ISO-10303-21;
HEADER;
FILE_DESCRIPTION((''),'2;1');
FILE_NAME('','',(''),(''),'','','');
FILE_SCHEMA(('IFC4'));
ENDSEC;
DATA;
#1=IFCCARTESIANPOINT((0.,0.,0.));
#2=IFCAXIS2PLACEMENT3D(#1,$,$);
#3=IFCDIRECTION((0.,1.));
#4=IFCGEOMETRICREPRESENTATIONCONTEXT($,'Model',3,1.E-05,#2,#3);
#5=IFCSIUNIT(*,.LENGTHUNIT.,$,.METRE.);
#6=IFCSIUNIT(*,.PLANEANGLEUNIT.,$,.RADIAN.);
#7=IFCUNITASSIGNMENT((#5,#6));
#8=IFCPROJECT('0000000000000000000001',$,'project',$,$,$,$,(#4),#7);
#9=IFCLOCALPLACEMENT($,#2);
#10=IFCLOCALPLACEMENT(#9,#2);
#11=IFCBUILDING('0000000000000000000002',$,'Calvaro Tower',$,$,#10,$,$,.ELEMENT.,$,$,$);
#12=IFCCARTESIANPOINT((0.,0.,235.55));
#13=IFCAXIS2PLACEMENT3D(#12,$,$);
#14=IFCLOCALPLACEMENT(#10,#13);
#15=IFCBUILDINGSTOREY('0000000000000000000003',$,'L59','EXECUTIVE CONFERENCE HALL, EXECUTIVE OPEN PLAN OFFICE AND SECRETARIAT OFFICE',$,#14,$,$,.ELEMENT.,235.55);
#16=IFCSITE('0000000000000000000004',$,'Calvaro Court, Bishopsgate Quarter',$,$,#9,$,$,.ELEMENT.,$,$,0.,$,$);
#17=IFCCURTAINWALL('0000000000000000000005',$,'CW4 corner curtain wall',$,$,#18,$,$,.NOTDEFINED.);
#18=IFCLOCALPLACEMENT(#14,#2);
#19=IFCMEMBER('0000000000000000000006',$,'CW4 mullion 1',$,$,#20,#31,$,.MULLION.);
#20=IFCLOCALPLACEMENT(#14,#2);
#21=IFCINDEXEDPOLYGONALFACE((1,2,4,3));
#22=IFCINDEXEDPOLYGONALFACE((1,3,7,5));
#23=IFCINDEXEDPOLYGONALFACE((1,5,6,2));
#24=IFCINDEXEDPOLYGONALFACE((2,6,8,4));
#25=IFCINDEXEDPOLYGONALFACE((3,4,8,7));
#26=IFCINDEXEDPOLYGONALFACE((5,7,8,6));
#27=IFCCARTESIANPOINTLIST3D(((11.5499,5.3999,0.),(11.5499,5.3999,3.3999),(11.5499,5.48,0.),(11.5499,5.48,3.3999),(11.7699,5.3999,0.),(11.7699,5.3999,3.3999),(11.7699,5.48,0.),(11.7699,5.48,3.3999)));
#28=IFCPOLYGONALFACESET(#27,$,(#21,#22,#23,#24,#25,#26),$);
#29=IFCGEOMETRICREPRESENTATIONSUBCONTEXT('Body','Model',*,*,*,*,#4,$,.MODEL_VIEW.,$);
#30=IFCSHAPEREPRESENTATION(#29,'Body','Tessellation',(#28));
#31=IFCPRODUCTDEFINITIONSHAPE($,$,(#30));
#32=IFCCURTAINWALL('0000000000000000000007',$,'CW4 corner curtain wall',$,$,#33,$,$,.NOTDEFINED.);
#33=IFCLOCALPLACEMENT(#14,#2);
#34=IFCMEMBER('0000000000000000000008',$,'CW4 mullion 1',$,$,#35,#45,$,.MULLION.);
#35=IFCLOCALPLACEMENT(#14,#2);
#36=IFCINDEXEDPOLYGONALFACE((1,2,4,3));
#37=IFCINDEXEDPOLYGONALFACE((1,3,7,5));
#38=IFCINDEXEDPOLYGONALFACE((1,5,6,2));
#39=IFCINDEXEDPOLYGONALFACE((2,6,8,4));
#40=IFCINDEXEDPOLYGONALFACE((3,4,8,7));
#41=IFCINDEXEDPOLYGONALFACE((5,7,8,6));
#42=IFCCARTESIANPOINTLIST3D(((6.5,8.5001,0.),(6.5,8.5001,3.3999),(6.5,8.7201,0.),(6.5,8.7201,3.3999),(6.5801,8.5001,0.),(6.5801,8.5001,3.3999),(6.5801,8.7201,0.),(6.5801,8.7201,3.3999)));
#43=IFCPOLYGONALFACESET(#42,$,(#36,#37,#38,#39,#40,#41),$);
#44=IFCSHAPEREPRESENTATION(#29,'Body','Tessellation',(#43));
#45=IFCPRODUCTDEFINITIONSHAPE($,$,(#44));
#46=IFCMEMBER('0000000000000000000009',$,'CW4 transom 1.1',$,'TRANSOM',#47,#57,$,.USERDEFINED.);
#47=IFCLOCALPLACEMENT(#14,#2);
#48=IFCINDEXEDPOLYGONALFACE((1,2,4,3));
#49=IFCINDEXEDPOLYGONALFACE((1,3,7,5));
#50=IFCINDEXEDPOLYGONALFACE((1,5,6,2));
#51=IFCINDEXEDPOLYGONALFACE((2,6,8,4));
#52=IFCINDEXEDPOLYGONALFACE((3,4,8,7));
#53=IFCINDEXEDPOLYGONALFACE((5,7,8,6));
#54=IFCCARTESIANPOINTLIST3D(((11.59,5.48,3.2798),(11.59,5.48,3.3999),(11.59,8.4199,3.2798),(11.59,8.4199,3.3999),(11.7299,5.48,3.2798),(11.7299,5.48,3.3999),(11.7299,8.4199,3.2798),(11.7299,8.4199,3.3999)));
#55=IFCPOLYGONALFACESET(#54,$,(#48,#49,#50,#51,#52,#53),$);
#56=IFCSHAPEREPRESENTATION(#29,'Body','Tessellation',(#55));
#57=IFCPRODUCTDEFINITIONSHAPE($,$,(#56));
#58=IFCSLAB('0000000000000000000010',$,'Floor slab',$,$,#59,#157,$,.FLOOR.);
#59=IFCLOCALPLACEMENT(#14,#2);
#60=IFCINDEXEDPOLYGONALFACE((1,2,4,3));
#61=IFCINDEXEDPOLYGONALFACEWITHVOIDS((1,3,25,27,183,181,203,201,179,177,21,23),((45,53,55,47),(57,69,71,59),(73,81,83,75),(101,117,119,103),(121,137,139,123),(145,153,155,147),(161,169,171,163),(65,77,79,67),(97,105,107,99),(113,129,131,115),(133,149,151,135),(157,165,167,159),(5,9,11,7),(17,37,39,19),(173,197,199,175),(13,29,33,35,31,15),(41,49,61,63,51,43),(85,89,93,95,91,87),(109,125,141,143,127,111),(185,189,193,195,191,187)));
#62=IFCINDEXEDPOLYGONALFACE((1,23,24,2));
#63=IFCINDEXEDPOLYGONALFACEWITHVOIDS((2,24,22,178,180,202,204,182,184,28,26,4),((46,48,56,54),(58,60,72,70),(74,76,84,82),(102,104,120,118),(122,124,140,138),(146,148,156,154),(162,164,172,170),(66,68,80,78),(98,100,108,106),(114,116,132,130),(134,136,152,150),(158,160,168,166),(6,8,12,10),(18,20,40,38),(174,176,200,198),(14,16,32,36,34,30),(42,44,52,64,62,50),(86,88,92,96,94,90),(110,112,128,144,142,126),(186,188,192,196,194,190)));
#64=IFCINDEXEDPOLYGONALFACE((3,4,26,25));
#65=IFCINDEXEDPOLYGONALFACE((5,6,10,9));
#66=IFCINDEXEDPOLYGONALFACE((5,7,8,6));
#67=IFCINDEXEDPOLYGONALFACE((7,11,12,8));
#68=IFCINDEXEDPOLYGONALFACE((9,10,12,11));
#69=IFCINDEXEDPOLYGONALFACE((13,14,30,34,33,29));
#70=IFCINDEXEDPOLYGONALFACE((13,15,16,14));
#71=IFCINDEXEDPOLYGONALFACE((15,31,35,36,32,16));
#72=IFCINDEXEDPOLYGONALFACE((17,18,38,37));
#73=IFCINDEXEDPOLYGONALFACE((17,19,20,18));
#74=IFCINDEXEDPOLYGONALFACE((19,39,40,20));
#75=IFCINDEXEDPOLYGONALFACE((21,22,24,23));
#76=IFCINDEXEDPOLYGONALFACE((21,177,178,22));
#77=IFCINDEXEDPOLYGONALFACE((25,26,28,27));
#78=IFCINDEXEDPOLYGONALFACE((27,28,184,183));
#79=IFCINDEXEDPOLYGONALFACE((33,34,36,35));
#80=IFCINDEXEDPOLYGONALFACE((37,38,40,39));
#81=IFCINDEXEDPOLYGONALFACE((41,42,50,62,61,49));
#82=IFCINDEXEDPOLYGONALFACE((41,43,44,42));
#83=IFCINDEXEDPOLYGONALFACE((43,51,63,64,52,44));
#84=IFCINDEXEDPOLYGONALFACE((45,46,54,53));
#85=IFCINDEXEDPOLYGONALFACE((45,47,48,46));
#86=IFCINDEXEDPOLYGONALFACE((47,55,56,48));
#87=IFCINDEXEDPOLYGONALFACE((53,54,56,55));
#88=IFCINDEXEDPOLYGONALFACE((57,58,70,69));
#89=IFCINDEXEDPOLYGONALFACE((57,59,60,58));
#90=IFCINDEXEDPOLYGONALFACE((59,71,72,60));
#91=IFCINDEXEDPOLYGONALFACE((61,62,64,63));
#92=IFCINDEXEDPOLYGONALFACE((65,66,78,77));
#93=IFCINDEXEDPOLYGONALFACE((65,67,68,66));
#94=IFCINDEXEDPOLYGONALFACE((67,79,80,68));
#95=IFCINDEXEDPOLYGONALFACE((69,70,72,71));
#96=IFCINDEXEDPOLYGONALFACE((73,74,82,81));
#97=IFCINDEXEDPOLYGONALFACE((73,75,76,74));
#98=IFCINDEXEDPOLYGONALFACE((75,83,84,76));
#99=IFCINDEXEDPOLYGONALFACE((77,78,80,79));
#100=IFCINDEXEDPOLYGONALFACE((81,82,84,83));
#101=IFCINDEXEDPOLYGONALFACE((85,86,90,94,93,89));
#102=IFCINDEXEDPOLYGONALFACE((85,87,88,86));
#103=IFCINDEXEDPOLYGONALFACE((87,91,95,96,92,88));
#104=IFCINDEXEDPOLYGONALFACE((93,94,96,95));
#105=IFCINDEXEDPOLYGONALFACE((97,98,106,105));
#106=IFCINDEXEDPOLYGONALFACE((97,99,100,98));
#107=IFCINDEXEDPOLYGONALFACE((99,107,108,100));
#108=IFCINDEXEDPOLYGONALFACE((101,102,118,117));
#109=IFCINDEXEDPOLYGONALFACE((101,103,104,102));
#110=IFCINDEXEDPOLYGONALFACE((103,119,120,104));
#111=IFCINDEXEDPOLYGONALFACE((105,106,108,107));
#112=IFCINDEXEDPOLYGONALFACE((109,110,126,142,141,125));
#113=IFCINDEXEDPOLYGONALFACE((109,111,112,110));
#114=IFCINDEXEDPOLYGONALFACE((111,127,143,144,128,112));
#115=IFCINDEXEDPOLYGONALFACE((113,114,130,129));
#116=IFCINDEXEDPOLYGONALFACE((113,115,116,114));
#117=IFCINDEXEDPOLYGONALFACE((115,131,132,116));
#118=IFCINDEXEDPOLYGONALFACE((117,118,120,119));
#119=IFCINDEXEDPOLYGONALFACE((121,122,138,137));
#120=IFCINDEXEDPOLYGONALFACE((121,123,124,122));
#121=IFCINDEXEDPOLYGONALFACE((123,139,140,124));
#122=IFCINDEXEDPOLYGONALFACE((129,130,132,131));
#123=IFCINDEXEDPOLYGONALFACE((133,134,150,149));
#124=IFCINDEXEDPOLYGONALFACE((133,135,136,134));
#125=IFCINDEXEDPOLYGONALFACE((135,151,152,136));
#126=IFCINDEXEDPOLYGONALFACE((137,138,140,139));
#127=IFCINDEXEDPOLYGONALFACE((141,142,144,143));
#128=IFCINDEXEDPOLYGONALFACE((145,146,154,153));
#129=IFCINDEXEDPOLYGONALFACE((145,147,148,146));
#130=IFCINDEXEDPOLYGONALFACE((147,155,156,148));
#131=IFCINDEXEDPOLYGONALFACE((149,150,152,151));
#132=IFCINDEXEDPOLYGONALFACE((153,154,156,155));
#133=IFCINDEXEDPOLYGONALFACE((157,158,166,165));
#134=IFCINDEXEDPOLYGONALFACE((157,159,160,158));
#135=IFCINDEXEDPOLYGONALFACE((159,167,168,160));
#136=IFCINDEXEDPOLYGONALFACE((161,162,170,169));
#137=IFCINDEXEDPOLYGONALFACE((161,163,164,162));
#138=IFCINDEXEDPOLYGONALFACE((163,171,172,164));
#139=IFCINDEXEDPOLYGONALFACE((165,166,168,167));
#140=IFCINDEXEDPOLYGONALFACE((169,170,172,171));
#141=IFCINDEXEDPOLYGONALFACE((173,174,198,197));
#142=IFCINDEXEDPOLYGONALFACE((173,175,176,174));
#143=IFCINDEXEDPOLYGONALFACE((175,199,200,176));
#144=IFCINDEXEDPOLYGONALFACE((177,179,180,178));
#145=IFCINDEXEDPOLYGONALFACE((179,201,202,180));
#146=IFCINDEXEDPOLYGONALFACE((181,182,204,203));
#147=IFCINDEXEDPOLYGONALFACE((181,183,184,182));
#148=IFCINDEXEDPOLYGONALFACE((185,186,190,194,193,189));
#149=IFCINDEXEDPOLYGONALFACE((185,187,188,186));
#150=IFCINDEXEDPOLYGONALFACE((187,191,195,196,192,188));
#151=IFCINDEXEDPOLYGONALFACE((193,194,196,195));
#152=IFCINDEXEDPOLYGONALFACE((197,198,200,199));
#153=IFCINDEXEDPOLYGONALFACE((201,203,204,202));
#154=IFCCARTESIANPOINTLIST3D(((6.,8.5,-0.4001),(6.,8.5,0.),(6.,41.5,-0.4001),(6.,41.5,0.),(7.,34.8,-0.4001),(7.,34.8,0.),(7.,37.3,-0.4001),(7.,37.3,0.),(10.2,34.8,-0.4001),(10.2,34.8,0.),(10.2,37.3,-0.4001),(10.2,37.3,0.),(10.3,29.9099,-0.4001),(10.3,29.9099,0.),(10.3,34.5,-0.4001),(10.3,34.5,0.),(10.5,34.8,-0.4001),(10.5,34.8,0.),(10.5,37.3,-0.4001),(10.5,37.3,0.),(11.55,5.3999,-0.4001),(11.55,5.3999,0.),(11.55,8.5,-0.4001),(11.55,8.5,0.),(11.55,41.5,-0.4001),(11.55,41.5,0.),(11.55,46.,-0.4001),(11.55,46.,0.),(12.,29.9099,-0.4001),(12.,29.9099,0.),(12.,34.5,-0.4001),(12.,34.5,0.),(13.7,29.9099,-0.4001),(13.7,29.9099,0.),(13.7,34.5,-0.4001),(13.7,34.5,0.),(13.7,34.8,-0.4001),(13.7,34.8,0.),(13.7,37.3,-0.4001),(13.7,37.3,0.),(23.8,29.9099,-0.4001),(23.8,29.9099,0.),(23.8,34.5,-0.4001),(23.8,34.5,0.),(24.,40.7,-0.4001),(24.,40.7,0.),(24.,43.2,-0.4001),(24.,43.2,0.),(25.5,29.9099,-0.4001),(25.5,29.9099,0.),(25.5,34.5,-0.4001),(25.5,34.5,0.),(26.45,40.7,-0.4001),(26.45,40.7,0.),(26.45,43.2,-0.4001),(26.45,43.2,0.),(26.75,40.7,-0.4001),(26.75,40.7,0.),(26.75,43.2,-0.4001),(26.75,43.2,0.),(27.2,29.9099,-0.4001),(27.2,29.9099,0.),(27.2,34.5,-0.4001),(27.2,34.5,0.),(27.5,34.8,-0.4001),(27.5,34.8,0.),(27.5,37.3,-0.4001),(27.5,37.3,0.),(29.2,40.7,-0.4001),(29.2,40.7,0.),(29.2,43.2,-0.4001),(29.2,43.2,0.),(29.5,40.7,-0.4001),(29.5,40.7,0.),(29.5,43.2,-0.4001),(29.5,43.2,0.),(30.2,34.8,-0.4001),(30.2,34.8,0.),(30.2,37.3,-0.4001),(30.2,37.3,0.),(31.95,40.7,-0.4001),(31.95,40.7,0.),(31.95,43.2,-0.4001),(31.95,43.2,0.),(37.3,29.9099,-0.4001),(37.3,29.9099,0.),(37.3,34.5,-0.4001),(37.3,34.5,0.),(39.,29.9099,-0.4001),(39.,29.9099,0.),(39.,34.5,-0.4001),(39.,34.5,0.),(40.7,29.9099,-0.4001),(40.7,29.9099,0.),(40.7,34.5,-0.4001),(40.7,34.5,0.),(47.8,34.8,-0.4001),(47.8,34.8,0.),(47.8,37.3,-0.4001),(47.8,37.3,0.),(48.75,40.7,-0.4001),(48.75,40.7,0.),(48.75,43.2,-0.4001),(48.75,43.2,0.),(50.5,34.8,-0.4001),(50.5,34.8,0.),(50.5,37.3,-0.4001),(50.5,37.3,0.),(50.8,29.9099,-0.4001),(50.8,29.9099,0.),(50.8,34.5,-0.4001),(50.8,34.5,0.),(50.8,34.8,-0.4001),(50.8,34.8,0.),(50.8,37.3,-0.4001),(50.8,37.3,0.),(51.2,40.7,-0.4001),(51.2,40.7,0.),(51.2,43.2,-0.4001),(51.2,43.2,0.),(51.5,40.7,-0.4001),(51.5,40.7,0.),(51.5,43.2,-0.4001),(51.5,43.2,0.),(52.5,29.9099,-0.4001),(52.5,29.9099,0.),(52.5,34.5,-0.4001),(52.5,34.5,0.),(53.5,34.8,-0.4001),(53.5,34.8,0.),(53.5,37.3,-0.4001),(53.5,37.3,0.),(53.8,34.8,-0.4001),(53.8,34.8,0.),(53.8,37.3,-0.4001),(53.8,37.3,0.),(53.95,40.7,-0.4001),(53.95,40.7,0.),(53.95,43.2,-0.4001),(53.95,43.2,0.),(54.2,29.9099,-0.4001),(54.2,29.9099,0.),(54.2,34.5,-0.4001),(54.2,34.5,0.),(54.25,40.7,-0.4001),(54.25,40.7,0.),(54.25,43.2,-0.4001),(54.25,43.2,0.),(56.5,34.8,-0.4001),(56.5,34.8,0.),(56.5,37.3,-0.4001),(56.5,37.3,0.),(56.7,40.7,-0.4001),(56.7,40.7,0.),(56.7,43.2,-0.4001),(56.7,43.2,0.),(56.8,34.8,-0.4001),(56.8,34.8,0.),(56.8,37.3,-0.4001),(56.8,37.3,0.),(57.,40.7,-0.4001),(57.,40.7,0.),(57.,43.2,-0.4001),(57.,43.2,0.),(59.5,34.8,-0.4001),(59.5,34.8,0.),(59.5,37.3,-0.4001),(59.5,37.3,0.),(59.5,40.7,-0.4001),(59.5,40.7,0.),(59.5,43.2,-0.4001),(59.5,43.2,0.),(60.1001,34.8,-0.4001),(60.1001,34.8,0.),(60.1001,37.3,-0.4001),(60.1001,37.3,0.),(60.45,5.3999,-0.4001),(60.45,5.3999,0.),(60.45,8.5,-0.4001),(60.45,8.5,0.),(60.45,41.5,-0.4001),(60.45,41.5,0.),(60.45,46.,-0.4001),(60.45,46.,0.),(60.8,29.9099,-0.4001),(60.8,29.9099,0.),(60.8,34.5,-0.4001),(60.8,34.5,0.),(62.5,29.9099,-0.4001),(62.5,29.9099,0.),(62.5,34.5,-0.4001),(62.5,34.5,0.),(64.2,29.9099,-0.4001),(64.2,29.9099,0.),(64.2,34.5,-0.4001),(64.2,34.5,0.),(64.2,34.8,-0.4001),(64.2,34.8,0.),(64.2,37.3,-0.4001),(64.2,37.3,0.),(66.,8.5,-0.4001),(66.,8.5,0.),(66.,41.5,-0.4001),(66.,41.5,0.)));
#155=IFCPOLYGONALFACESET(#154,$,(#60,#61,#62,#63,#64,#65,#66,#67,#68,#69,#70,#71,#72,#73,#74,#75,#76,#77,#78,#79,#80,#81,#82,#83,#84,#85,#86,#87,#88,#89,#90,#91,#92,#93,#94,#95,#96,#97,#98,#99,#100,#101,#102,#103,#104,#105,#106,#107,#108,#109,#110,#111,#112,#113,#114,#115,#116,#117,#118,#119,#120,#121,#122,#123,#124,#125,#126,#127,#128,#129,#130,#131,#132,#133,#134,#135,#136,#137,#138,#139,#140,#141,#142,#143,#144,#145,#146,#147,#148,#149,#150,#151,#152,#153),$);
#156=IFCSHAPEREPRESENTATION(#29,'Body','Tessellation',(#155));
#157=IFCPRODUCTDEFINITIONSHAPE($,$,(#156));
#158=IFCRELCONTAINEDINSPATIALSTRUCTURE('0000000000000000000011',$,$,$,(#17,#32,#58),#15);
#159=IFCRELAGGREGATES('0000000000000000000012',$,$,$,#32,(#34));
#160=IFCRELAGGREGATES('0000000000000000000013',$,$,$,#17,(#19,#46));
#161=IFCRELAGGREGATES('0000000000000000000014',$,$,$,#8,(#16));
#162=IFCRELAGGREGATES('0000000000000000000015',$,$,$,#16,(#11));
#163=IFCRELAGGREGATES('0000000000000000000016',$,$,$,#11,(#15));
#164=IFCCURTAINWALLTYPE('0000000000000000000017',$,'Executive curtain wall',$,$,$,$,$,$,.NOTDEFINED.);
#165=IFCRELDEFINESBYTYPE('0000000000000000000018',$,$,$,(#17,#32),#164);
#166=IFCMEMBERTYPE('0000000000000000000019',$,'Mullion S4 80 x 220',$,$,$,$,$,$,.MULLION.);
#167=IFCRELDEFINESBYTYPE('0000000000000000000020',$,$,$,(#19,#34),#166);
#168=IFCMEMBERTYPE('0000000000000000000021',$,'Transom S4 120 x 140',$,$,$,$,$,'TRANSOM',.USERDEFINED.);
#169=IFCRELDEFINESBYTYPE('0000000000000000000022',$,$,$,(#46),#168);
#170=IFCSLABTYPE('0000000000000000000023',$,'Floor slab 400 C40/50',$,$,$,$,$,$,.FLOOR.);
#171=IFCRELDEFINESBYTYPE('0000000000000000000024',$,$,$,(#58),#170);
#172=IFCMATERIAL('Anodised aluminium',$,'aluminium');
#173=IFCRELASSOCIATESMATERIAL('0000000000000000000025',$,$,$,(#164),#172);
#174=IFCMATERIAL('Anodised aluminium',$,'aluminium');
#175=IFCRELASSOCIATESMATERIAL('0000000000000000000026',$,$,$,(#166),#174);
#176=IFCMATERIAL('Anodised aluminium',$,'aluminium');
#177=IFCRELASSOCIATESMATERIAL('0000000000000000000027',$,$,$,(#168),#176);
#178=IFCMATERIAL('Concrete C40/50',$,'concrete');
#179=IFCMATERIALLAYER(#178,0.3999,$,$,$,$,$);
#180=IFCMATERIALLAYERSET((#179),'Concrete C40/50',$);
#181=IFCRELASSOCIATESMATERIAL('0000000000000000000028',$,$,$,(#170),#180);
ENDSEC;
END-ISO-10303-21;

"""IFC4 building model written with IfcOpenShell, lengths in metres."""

from ifc_helpers import new_model, si_unit, direction, frame, origin, origin_2d, place, context, subcontext, project, spatial, polyline, rectangle, outline, extrude, material, layer, layer_set, material_profile, profile_set, type_object, element, aggregate, save


model = new_model("IFC4")

# Units and contexts
model_context = context("Model", 3, precision=1e-05, world=origin(), true_north=direction((0.0, 1.0)))
body_context = subcontext(model_context, "Body", "Model", "MODEL_VIEW")
ifc_project = project(units=[si_unit("LENGTHUNIT", "METRE"), si_unit("PLANEANGLEUNIT", "RADIAN")], contexts=[model_context])

# Site, building, storey
site_placement = place(None, origin())
site = spatial("IfcSite", under=ifc_project, at=site_placement, Name="Calvaro Court, Bishopsgate Quarter", CompositionType="ELEMENT", RefElevation=0.0)
building_placement = place(site_placement, origin())
building = spatial("IfcBuilding", under=site, at=building_placement, Name="Calvaro Tower", CompositionType="ELEMENT")
storey_placement = place(building_placement, frame((0.0, 0.0, 235.55)))
storey = spatial("IfcBuildingStorey", under=building, at=storey_placement, Name="L59", Description="EXECUTIVE CONFERENCE HALL, EXECUTIVE OPEN PLAN OFFICE AND SECRETARIAT OFFICE", CompositionType="ELEMENT", Elevation=235.55)

# Curtain walls, members
ifc_material_1 = material(Name="Anodised aluminium", Category="aluminium")
curtain_wall_type = type_object("IfcCurtainWallType", Name="Executive curtain wall", PredefinedType="NOTDEFINED", material=ifc_material_1)
curtain_wall_1_placement = place(storey_placement, origin())
curtain_wall_1 = element("IfcCurtainWall", 1, at=curtain_wall_1_placement, inside=storey, type_object=curtain_wall_type, Name="CW4 corner curtain wall", PredefinedType="NOTDEFINED")
ifc_material_2 = material(Name="Anodised aluminium", Category="aluminium")
ifc_material_profile_1 = material_profile(ifc_material_2, rectangle(XDim=0.22, YDim=0.0801, at=origin_2d()), Name="Mullion S4 80 x 220")
ifc_profile_set_1 = profile_set([ifc_material_profile_1], Name="Anodised aluminium")
member_type_1 = type_object("IfcMemberType", Name="Mullion S4 80 x 220", PredefinedType="MULLION", material=ifc_profile_set_1)
member_1_placement = place(storey_placement, frame((11.6599, 5.4399, 0.0), z_axis=(0.0, 0.0, 1.0), x_axis=(-1.0, 0.0, 0.0)))
member_1 = element("IfcMember", 2, at=member_1_placement, type_object=member_type_1, Name="CW4 mullion 1", PredefinedType="MULLION", context=body_context, shape_type="SweptSolid", body=[
    extrude(rectangle(XDim=0.22, YDim=0.0801, at=origin_2d()), origin(), (0.0, 0.0, 1.0), 3.3999),
])
curtain_wall_2_placement = place(storey_placement, origin())
curtain_wall_2 = element("IfcCurtainWall", 3, at=curtain_wall_2_placement, inside=storey, type_object=curtain_wall_type, Name="CW4 corner curtain wall", PredefinedType="NOTDEFINED")
member_2_placement = place(storey_placement, frame((6.54, 8.6101, 0.0), z_axis=(0.0, 0.0, 1.0), x_axis=(0.0, 1.0, 0.0)))
member_2 = element("IfcMember", 4, at=member_2_placement, type_object=member_type_1, Name="CW4 mullion 1", PredefinedType="MULLION", context=body_context, shape_type="SweptSolid", body=[
    extrude(rectangle(XDim=0.22, YDim=0.0801, at=origin_2d()), origin(), (0.0, 0.0, 1.0), 3.3999),
])
aggregate(curtain_wall_2, [member_2])

# Member
ifc_material_3 = material(Name="Anodised aluminium", Category="aluminium")
ifc_material_profile_2 = material_profile(ifc_material_3, rectangle(XDim=0.1399, YDim=0.1201, at=origin_2d()), Name="Transom S4 120 x 140")
ifc_profile_set_2 = profile_set([ifc_material_profile_2], Name="Anodised aluminium")
member_type_2 = type_object("IfcMemberType", Name="Transom S4 120 x 140", ElementType="TRANSOM", PredefinedType="USERDEFINED", material=ifc_profile_set_2)
member_3_placement = place(storey_placement, frame((11.6599, 5.48, 3.3398), z_axis=(0.0, 1.0, 0.0), x_axis=(-1.0, 0.0, 0.0)))
member_3 = element("IfcMember", 5, at=member_3_placement, type_object=member_type_2, Name="CW4 transom 1.1", ObjectType="TRANSOM", PredefinedType="USERDEFINED", context=body_context, shape_type="SweptSolid", body=[
    extrude(rectangle(XDim=0.1399, YDim=0.1201, at=origin_2d()), origin(), (0.0, 0.0, 1.0), 2.9399),
])
aggregate(curtain_wall_1, [member_1, member_3])

# Slab
ifc_material_4 = material(Name="Concrete C40/50", Category="concrete")
ifc_layer_1 = layer(ifc_material_4, 0.3999)
ifc_layer_set_1 = layer_set([ifc_layer_1], Name="Concrete C40/50")
slab_type_1 = type_object("IfcSlabType", Name="Floor slab 400 C40/50", PredefinedType="FLOOR", material=ifc_layer_set_1)
slab_1_placement = place(storey_placement, frame((0.0, 0.0, -0.4001)))
element("IfcSlab", 6, at=slab_1_placement, inside=storey, type_object=slab_type_1, Name="Floor slab", PredefinedType="FLOOR", context=body_context, shape_type="SweptSolid", body=[
    extrude(outline(polyline([(60.45, 8.5), (60.45, 5.3999), (11.55, 5.3999), (11.55, 8.5), (6.0, 8.5), (6.0, 41.5), (11.55, 41.5), (11.55, 46.0), (60.45, 46.0), (60.45, 41.5), (66.0, 41.5), (66.0, 8.5), (60.45, 8.5)]), holes=[polyline([(10.3, 29.9099), (10.3, 34.5), (12.0, 34.5), (13.7, 34.5), (13.7, 29.9099), (12.0, 29.9099), (10.3, 29.9099)]), polyline([(23.8, 29.9099), (23.8, 34.5), (25.5, 34.5), (27.2, 34.5), (27.2, 29.9099), (25.5, 29.9099), (23.8, 29.9099)]), polyline([(37.3, 29.9099), (37.3, 34.5), (39.0, 34.5), (40.7, 34.5), (40.7, 29.9099), (39.0, 29.9099), (37.3, 29.9099)]), polyline([(50.8, 29.9099), (50.8, 34.5), (52.5, 34.5), (54.2, 34.5), (54.2, 29.9099), (52.5, 29.9099), (50.8, 29.9099)]), polyline([(60.8, 29.9099), (60.8, 34.5), (62.5, 34.5), (64.2, 34.5), (64.2, 29.9099), (62.5, 29.9099), (60.8, 29.9099)]), polyline([(50.8, 34.8), (53.5, 34.8), (53.5, 37.3), (50.8, 37.3), (50.8, 34.8)]), polyline([(53.8, 34.8), (56.5, 34.8), (56.5, 37.3), (53.8, 37.3), (53.8, 34.8)]), polyline([(56.8, 34.8), (59.5, 34.8), (59.5, 37.3), (56.8, 37.3), (56.8, 34.8)]), polyline([(24.0, 40.7), (26.45, 40.7), (26.45, 43.2), (24.0, 43.2), (24.0, 40.7)]), polyline([(26.75, 40.7), (29.2, 40.7), (29.2, 43.2), (26.75, 43.2), (26.75, 40.7)]), polyline([(29.5, 40.7), (31.95, 40.7), (31.95, 43.2), (29.5, 43.2), (29.5, 40.7)]), polyline([(48.75, 40.7), (51.2, 40.7), (51.2, 43.2), (48.75, 43.2), (48.75, 40.7)]), polyline([(51.5, 40.7), (53.95, 40.7), (53.95, 43.2), (51.5, 43.2), (51.5, 40.7)]), polyline([(54.25, 40.7), (56.7, 40.7), (56.7, 43.2), (54.25, 43.2), (54.25, 40.7)]), polyline([(57.0, 40.7), (59.5, 40.7), (59.5, 43.2), (57.0, 43.2), (57.0, 40.7)]), polyline([(7.0, 34.8), (10.2, 34.8), (10.2, 37.3), (7.0, 37.3), (7.0, 34.8)]), polyline([(10.5, 34.8), (13.7, 34.8), (13.7, 37.3), (10.5, 37.3), (10.5, 34.8)]), polyline([(60.1001, 34.8), (64.2, 34.8), (64.2, 37.3), (60.1001, 37.3), (60.1001, 34.8)]), polyline([(27.5, 34.8), (30.2, 34.8), (30.2, 37.3), (27.5, 37.3), (27.5, 34.8)]), polyline([(47.8, 34.8), (50.5, 34.8), (50.5, 37.3), (47.8, 37.3), (47.8, 34.8)])]), origin(), (0.0, 0.0, 1.0), 0.4001),
])

save(model, "model.ifc")
